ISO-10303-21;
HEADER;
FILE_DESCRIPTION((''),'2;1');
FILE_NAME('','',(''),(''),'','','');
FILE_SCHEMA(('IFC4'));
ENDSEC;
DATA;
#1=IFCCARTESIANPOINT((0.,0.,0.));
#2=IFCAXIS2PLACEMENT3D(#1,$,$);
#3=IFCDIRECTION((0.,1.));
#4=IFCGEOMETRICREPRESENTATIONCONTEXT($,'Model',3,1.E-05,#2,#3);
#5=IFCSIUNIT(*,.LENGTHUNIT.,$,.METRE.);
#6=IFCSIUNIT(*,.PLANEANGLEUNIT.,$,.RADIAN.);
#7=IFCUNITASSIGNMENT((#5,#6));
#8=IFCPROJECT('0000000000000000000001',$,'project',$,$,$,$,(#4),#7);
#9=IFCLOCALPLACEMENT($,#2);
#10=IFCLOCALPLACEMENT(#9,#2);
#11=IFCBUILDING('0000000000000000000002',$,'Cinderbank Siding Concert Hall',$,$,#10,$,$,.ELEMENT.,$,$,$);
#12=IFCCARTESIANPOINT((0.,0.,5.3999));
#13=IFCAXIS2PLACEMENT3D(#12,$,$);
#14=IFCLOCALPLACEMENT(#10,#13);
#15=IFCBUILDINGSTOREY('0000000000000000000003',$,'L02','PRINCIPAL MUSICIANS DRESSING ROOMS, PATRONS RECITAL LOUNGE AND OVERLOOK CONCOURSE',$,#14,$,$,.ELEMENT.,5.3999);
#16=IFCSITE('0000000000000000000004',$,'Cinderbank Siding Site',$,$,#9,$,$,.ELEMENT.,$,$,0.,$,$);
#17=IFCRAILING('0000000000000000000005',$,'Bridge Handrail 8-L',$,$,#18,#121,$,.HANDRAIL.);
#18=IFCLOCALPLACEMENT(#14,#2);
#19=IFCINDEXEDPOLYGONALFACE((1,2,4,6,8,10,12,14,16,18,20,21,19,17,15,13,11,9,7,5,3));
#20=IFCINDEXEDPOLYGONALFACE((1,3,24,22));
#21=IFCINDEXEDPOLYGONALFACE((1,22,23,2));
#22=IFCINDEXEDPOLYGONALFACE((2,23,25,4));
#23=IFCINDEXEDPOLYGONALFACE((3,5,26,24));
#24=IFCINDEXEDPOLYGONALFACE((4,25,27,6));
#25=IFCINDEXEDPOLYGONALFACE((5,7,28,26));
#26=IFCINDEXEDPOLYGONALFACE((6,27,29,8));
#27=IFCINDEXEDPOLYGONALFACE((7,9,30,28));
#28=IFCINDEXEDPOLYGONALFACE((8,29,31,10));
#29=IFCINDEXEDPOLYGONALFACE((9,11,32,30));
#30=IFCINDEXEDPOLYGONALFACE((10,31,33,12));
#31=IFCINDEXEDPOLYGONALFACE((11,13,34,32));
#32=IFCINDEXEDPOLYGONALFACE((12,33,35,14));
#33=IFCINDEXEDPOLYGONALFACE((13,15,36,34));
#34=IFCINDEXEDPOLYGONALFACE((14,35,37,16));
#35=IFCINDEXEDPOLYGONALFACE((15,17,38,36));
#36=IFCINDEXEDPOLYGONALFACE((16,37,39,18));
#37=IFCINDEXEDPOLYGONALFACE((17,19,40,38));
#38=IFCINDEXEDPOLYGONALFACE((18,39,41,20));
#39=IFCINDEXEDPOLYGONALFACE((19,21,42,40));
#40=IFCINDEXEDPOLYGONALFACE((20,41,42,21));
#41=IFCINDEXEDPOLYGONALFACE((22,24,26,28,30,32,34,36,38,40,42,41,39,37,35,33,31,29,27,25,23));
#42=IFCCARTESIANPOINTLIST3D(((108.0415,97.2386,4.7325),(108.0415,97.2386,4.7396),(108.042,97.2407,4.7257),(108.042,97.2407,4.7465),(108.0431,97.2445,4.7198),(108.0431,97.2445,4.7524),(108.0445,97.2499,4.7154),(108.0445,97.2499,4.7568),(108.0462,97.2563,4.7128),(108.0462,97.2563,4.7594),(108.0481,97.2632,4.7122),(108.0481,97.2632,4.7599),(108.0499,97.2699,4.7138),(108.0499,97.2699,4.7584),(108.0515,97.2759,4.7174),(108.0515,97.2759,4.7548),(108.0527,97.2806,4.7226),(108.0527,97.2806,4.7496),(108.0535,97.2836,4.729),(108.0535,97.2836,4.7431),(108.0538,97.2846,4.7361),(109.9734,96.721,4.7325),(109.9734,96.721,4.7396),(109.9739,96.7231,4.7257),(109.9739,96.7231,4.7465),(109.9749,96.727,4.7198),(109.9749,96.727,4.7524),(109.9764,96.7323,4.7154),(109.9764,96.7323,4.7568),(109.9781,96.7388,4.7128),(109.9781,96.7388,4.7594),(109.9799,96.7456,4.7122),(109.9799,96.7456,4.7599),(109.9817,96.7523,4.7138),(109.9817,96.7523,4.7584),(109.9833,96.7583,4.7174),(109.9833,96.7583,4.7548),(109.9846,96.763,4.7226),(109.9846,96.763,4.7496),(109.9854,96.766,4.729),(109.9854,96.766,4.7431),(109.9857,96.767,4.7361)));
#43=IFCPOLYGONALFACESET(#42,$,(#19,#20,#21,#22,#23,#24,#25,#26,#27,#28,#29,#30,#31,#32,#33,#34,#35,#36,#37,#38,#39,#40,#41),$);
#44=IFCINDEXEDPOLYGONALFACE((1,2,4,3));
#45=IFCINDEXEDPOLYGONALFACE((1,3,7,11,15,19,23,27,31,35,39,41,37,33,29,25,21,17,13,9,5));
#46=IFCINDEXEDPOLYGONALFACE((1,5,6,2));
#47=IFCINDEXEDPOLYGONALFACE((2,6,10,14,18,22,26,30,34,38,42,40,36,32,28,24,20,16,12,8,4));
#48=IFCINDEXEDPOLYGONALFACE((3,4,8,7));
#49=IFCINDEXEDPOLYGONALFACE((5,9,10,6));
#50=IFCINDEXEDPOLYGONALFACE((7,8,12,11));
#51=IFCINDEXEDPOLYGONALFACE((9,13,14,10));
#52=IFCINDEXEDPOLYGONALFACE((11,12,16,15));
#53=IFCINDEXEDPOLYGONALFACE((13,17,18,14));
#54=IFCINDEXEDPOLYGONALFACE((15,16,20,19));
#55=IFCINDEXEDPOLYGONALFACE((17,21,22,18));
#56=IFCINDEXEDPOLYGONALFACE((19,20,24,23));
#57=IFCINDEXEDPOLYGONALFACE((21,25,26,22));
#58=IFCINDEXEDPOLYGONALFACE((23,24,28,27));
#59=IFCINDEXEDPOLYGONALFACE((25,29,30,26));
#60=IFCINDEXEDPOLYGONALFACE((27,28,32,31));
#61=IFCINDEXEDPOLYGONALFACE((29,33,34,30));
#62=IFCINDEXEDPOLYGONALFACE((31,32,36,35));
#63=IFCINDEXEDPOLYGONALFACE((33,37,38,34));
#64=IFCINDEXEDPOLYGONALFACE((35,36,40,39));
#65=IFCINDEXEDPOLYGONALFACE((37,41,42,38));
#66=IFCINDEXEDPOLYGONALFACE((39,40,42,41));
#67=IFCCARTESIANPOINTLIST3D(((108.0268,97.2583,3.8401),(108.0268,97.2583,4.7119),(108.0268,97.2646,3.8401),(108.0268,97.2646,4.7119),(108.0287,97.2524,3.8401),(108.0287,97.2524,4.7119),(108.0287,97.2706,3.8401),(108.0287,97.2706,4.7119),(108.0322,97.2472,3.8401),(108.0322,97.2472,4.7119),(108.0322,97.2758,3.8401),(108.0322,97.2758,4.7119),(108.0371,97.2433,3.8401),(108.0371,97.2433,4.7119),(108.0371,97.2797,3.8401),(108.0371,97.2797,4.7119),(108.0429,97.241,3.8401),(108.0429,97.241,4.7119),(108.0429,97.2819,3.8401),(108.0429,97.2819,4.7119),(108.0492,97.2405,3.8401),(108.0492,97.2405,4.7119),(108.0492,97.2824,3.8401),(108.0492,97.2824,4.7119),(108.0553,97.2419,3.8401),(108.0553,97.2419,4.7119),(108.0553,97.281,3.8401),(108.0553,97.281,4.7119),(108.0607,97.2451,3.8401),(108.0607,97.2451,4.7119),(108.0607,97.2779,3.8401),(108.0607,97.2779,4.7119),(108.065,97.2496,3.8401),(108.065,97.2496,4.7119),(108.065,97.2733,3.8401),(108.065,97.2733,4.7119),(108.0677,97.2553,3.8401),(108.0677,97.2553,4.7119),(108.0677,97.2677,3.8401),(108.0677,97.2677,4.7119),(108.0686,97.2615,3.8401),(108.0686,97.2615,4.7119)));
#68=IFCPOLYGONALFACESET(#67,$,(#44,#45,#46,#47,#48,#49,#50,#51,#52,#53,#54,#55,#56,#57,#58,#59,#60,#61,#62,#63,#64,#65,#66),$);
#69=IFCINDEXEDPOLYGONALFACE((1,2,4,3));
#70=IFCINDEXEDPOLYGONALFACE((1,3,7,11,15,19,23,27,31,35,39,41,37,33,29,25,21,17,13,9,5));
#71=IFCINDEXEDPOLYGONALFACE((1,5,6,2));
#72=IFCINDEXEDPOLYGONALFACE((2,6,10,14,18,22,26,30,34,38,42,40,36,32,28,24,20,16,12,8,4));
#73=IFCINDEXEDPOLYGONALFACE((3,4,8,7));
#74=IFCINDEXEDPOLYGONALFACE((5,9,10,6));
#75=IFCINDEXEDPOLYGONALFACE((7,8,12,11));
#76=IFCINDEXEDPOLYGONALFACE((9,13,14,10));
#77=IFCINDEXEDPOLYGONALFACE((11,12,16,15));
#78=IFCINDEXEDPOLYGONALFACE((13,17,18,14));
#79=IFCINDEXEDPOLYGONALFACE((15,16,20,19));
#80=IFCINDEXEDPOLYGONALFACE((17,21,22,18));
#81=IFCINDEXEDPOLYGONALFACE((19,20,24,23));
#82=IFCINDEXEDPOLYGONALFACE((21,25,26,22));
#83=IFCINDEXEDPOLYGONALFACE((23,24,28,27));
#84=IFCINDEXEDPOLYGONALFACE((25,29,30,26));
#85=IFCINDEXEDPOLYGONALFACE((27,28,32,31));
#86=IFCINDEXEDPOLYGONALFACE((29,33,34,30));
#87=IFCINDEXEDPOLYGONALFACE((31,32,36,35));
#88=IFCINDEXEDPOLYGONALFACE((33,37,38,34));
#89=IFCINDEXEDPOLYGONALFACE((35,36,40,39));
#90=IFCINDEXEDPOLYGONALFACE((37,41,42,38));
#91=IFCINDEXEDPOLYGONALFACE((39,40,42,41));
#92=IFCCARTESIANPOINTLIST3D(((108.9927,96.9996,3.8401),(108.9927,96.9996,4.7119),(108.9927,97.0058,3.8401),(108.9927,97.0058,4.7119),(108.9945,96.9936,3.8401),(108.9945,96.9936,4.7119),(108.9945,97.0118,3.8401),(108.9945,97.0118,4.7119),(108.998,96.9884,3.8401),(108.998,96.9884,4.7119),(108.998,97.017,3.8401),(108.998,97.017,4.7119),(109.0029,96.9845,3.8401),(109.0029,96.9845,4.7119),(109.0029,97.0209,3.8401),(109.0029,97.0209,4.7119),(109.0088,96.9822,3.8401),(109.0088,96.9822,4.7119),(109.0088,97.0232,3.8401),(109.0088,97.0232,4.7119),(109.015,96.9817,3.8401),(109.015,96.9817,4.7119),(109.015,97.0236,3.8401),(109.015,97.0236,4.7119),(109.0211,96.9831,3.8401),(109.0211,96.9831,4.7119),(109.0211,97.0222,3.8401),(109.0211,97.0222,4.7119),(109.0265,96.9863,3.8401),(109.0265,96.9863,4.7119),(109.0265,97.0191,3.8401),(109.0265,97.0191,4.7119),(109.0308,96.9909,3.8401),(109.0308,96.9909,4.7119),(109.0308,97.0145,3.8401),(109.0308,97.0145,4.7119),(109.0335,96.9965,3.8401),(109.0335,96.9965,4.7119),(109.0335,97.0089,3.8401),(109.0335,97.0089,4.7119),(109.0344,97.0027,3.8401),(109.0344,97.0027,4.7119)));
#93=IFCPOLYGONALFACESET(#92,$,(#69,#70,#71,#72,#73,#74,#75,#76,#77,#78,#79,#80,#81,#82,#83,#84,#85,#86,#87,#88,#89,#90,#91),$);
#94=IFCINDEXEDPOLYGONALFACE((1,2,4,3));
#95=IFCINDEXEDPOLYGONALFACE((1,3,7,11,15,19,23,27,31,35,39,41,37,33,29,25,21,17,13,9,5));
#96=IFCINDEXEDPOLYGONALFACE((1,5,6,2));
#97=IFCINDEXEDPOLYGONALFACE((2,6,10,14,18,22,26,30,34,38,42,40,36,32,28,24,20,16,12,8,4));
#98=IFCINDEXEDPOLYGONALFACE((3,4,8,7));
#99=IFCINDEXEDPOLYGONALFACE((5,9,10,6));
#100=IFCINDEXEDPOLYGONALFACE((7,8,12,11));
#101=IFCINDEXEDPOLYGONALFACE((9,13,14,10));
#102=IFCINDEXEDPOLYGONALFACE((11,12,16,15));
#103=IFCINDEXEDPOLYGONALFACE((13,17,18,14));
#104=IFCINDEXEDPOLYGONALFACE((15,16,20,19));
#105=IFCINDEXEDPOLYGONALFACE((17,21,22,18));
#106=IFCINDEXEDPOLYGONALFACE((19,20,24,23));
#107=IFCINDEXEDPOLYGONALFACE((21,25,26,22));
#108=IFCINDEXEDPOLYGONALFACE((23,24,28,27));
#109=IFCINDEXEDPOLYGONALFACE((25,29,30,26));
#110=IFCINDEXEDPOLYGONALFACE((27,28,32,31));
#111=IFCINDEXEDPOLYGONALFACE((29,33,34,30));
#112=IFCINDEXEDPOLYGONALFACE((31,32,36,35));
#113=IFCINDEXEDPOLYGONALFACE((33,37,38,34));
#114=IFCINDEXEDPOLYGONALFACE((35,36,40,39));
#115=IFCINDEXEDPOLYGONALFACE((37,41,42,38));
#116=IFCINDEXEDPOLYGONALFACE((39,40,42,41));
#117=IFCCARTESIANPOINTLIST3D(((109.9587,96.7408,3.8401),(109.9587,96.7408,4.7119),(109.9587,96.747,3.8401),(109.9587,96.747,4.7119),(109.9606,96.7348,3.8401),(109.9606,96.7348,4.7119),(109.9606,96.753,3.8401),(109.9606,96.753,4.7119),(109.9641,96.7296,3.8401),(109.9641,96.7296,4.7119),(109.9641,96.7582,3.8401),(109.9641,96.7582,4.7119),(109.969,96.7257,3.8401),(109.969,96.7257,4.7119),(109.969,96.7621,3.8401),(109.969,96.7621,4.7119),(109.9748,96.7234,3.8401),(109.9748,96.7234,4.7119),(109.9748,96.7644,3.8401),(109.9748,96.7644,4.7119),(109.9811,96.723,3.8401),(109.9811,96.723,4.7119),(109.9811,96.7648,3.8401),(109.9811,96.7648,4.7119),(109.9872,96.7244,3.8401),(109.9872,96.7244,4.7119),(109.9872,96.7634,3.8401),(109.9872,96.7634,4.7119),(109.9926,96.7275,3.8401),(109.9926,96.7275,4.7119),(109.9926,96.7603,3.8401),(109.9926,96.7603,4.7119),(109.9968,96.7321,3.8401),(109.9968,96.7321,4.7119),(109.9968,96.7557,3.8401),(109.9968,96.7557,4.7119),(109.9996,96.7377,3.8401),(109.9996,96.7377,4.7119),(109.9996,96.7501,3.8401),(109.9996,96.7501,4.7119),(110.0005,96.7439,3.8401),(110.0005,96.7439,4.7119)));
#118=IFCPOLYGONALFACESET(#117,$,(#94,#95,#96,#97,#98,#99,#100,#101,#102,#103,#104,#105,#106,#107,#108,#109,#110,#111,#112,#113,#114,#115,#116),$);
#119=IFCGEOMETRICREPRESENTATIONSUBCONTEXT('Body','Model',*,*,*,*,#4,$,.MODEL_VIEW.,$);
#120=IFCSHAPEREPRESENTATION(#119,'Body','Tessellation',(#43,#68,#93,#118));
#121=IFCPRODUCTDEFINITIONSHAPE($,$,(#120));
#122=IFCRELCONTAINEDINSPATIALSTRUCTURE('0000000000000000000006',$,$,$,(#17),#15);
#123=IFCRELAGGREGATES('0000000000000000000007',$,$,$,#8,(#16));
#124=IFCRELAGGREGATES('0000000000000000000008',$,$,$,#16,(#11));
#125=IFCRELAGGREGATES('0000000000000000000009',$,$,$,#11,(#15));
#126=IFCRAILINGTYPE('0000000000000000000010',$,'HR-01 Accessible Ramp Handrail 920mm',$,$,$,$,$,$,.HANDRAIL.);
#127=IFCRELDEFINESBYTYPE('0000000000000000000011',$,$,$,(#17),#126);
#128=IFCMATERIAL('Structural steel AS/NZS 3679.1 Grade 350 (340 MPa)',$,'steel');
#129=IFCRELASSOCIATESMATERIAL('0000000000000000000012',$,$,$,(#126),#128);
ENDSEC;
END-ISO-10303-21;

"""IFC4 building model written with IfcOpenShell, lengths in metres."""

from ifc_helpers import new_model, si_unit, direction, frame, origin, origin_2d, place, context, subcontext, project, spatial, circle, extrude, material, type_object, element, save


model = new_model("IFC4")

# Units and contexts
model_context = context("Model", 3, precision=1e-05, world=origin(), true_north=direction((0.0, 1.0)))
body_context = subcontext(model_context, "Body", "Model", "MODEL_VIEW")
ifc_project = project(units=[si_unit("LENGTHUNIT", "METRE"), si_unit("PLANEANGLEUNIT", "RADIAN")], contexts=[model_context])

# Site, building, storey
site_placement = place(None, origin())
site = spatial("IfcSite", under=ifc_project, at=site_placement, Name="Cinderbank Siding Site", CompositionType="ELEMENT", RefElevation=0.0)
building_placement = place(site_placement, origin())
building = spatial("IfcBuilding", under=site, at=building_placement, Name="Cinderbank Siding Concert Hall", CompositionType="ELEMENT")
storey_placement = place(building_placement, frame((0.0, 0.0, 5.3999)))
storey = spatial("IfcBuildingStorey", under=building, at=storey_placement, Name="L02", Description="PRINCIPAL MUSICIANS DRESSING ROOMS, PATRONS RECITAL LOUNGE AND OVERLOOK CONCOURSE", CompositionType="ELEMENT", Elevation=5.3999)

# Railing
ifc_material_1 = material(Name="Structural steel AS/NZS 3679.1 Grade 350 (340 MPa)", Category="steel")
railing_type_1 = type_object("IfcRailingType", Name="HR-01 Accessible Ramp Handrail 920mm", PredefinedType="HANDRAIL", material=ifc_material_1)
railing_1_placement = place(storey_placement, frame((108.0476, 97.2615, 3.8401)))
element("IfcRailing", 1, at=railing_1_placement, inside=storey, type_object=railing_type_1, Name="Bridge Handrail 8-L", PredefinedType="HANDRAIL", context=body_context, shape_type="SweptSolid", body=[
    extrude(circle(Radius=0.0239, at=origin_2d()), frame((0.0, 0.0, 0.896), z_axis=(0.965934, -0.258787, 0.0), x_axis=(0.258787, 0.965934, 0.0)), (0.0, 0.0, 1.0), 2.0),
    extrude(circle(Radius=0.021, at=origin_2d()), origin(), (0.0, 0.0, 1.0), 0.8718),
    extrude(circle(Radius=0.021, at=origin_2d()), frame((0.9658, -0.2588, 0.0)), (0.0, 0.0, 1.0), 0.8718),
    extrude(circle(Radius=0.021, at=origin_2d()), frame((1.9319, -0.5176, 0.0)), (0.0, 0.0, 1.0), 0.8718),
])

save(model, "model.ifc")
